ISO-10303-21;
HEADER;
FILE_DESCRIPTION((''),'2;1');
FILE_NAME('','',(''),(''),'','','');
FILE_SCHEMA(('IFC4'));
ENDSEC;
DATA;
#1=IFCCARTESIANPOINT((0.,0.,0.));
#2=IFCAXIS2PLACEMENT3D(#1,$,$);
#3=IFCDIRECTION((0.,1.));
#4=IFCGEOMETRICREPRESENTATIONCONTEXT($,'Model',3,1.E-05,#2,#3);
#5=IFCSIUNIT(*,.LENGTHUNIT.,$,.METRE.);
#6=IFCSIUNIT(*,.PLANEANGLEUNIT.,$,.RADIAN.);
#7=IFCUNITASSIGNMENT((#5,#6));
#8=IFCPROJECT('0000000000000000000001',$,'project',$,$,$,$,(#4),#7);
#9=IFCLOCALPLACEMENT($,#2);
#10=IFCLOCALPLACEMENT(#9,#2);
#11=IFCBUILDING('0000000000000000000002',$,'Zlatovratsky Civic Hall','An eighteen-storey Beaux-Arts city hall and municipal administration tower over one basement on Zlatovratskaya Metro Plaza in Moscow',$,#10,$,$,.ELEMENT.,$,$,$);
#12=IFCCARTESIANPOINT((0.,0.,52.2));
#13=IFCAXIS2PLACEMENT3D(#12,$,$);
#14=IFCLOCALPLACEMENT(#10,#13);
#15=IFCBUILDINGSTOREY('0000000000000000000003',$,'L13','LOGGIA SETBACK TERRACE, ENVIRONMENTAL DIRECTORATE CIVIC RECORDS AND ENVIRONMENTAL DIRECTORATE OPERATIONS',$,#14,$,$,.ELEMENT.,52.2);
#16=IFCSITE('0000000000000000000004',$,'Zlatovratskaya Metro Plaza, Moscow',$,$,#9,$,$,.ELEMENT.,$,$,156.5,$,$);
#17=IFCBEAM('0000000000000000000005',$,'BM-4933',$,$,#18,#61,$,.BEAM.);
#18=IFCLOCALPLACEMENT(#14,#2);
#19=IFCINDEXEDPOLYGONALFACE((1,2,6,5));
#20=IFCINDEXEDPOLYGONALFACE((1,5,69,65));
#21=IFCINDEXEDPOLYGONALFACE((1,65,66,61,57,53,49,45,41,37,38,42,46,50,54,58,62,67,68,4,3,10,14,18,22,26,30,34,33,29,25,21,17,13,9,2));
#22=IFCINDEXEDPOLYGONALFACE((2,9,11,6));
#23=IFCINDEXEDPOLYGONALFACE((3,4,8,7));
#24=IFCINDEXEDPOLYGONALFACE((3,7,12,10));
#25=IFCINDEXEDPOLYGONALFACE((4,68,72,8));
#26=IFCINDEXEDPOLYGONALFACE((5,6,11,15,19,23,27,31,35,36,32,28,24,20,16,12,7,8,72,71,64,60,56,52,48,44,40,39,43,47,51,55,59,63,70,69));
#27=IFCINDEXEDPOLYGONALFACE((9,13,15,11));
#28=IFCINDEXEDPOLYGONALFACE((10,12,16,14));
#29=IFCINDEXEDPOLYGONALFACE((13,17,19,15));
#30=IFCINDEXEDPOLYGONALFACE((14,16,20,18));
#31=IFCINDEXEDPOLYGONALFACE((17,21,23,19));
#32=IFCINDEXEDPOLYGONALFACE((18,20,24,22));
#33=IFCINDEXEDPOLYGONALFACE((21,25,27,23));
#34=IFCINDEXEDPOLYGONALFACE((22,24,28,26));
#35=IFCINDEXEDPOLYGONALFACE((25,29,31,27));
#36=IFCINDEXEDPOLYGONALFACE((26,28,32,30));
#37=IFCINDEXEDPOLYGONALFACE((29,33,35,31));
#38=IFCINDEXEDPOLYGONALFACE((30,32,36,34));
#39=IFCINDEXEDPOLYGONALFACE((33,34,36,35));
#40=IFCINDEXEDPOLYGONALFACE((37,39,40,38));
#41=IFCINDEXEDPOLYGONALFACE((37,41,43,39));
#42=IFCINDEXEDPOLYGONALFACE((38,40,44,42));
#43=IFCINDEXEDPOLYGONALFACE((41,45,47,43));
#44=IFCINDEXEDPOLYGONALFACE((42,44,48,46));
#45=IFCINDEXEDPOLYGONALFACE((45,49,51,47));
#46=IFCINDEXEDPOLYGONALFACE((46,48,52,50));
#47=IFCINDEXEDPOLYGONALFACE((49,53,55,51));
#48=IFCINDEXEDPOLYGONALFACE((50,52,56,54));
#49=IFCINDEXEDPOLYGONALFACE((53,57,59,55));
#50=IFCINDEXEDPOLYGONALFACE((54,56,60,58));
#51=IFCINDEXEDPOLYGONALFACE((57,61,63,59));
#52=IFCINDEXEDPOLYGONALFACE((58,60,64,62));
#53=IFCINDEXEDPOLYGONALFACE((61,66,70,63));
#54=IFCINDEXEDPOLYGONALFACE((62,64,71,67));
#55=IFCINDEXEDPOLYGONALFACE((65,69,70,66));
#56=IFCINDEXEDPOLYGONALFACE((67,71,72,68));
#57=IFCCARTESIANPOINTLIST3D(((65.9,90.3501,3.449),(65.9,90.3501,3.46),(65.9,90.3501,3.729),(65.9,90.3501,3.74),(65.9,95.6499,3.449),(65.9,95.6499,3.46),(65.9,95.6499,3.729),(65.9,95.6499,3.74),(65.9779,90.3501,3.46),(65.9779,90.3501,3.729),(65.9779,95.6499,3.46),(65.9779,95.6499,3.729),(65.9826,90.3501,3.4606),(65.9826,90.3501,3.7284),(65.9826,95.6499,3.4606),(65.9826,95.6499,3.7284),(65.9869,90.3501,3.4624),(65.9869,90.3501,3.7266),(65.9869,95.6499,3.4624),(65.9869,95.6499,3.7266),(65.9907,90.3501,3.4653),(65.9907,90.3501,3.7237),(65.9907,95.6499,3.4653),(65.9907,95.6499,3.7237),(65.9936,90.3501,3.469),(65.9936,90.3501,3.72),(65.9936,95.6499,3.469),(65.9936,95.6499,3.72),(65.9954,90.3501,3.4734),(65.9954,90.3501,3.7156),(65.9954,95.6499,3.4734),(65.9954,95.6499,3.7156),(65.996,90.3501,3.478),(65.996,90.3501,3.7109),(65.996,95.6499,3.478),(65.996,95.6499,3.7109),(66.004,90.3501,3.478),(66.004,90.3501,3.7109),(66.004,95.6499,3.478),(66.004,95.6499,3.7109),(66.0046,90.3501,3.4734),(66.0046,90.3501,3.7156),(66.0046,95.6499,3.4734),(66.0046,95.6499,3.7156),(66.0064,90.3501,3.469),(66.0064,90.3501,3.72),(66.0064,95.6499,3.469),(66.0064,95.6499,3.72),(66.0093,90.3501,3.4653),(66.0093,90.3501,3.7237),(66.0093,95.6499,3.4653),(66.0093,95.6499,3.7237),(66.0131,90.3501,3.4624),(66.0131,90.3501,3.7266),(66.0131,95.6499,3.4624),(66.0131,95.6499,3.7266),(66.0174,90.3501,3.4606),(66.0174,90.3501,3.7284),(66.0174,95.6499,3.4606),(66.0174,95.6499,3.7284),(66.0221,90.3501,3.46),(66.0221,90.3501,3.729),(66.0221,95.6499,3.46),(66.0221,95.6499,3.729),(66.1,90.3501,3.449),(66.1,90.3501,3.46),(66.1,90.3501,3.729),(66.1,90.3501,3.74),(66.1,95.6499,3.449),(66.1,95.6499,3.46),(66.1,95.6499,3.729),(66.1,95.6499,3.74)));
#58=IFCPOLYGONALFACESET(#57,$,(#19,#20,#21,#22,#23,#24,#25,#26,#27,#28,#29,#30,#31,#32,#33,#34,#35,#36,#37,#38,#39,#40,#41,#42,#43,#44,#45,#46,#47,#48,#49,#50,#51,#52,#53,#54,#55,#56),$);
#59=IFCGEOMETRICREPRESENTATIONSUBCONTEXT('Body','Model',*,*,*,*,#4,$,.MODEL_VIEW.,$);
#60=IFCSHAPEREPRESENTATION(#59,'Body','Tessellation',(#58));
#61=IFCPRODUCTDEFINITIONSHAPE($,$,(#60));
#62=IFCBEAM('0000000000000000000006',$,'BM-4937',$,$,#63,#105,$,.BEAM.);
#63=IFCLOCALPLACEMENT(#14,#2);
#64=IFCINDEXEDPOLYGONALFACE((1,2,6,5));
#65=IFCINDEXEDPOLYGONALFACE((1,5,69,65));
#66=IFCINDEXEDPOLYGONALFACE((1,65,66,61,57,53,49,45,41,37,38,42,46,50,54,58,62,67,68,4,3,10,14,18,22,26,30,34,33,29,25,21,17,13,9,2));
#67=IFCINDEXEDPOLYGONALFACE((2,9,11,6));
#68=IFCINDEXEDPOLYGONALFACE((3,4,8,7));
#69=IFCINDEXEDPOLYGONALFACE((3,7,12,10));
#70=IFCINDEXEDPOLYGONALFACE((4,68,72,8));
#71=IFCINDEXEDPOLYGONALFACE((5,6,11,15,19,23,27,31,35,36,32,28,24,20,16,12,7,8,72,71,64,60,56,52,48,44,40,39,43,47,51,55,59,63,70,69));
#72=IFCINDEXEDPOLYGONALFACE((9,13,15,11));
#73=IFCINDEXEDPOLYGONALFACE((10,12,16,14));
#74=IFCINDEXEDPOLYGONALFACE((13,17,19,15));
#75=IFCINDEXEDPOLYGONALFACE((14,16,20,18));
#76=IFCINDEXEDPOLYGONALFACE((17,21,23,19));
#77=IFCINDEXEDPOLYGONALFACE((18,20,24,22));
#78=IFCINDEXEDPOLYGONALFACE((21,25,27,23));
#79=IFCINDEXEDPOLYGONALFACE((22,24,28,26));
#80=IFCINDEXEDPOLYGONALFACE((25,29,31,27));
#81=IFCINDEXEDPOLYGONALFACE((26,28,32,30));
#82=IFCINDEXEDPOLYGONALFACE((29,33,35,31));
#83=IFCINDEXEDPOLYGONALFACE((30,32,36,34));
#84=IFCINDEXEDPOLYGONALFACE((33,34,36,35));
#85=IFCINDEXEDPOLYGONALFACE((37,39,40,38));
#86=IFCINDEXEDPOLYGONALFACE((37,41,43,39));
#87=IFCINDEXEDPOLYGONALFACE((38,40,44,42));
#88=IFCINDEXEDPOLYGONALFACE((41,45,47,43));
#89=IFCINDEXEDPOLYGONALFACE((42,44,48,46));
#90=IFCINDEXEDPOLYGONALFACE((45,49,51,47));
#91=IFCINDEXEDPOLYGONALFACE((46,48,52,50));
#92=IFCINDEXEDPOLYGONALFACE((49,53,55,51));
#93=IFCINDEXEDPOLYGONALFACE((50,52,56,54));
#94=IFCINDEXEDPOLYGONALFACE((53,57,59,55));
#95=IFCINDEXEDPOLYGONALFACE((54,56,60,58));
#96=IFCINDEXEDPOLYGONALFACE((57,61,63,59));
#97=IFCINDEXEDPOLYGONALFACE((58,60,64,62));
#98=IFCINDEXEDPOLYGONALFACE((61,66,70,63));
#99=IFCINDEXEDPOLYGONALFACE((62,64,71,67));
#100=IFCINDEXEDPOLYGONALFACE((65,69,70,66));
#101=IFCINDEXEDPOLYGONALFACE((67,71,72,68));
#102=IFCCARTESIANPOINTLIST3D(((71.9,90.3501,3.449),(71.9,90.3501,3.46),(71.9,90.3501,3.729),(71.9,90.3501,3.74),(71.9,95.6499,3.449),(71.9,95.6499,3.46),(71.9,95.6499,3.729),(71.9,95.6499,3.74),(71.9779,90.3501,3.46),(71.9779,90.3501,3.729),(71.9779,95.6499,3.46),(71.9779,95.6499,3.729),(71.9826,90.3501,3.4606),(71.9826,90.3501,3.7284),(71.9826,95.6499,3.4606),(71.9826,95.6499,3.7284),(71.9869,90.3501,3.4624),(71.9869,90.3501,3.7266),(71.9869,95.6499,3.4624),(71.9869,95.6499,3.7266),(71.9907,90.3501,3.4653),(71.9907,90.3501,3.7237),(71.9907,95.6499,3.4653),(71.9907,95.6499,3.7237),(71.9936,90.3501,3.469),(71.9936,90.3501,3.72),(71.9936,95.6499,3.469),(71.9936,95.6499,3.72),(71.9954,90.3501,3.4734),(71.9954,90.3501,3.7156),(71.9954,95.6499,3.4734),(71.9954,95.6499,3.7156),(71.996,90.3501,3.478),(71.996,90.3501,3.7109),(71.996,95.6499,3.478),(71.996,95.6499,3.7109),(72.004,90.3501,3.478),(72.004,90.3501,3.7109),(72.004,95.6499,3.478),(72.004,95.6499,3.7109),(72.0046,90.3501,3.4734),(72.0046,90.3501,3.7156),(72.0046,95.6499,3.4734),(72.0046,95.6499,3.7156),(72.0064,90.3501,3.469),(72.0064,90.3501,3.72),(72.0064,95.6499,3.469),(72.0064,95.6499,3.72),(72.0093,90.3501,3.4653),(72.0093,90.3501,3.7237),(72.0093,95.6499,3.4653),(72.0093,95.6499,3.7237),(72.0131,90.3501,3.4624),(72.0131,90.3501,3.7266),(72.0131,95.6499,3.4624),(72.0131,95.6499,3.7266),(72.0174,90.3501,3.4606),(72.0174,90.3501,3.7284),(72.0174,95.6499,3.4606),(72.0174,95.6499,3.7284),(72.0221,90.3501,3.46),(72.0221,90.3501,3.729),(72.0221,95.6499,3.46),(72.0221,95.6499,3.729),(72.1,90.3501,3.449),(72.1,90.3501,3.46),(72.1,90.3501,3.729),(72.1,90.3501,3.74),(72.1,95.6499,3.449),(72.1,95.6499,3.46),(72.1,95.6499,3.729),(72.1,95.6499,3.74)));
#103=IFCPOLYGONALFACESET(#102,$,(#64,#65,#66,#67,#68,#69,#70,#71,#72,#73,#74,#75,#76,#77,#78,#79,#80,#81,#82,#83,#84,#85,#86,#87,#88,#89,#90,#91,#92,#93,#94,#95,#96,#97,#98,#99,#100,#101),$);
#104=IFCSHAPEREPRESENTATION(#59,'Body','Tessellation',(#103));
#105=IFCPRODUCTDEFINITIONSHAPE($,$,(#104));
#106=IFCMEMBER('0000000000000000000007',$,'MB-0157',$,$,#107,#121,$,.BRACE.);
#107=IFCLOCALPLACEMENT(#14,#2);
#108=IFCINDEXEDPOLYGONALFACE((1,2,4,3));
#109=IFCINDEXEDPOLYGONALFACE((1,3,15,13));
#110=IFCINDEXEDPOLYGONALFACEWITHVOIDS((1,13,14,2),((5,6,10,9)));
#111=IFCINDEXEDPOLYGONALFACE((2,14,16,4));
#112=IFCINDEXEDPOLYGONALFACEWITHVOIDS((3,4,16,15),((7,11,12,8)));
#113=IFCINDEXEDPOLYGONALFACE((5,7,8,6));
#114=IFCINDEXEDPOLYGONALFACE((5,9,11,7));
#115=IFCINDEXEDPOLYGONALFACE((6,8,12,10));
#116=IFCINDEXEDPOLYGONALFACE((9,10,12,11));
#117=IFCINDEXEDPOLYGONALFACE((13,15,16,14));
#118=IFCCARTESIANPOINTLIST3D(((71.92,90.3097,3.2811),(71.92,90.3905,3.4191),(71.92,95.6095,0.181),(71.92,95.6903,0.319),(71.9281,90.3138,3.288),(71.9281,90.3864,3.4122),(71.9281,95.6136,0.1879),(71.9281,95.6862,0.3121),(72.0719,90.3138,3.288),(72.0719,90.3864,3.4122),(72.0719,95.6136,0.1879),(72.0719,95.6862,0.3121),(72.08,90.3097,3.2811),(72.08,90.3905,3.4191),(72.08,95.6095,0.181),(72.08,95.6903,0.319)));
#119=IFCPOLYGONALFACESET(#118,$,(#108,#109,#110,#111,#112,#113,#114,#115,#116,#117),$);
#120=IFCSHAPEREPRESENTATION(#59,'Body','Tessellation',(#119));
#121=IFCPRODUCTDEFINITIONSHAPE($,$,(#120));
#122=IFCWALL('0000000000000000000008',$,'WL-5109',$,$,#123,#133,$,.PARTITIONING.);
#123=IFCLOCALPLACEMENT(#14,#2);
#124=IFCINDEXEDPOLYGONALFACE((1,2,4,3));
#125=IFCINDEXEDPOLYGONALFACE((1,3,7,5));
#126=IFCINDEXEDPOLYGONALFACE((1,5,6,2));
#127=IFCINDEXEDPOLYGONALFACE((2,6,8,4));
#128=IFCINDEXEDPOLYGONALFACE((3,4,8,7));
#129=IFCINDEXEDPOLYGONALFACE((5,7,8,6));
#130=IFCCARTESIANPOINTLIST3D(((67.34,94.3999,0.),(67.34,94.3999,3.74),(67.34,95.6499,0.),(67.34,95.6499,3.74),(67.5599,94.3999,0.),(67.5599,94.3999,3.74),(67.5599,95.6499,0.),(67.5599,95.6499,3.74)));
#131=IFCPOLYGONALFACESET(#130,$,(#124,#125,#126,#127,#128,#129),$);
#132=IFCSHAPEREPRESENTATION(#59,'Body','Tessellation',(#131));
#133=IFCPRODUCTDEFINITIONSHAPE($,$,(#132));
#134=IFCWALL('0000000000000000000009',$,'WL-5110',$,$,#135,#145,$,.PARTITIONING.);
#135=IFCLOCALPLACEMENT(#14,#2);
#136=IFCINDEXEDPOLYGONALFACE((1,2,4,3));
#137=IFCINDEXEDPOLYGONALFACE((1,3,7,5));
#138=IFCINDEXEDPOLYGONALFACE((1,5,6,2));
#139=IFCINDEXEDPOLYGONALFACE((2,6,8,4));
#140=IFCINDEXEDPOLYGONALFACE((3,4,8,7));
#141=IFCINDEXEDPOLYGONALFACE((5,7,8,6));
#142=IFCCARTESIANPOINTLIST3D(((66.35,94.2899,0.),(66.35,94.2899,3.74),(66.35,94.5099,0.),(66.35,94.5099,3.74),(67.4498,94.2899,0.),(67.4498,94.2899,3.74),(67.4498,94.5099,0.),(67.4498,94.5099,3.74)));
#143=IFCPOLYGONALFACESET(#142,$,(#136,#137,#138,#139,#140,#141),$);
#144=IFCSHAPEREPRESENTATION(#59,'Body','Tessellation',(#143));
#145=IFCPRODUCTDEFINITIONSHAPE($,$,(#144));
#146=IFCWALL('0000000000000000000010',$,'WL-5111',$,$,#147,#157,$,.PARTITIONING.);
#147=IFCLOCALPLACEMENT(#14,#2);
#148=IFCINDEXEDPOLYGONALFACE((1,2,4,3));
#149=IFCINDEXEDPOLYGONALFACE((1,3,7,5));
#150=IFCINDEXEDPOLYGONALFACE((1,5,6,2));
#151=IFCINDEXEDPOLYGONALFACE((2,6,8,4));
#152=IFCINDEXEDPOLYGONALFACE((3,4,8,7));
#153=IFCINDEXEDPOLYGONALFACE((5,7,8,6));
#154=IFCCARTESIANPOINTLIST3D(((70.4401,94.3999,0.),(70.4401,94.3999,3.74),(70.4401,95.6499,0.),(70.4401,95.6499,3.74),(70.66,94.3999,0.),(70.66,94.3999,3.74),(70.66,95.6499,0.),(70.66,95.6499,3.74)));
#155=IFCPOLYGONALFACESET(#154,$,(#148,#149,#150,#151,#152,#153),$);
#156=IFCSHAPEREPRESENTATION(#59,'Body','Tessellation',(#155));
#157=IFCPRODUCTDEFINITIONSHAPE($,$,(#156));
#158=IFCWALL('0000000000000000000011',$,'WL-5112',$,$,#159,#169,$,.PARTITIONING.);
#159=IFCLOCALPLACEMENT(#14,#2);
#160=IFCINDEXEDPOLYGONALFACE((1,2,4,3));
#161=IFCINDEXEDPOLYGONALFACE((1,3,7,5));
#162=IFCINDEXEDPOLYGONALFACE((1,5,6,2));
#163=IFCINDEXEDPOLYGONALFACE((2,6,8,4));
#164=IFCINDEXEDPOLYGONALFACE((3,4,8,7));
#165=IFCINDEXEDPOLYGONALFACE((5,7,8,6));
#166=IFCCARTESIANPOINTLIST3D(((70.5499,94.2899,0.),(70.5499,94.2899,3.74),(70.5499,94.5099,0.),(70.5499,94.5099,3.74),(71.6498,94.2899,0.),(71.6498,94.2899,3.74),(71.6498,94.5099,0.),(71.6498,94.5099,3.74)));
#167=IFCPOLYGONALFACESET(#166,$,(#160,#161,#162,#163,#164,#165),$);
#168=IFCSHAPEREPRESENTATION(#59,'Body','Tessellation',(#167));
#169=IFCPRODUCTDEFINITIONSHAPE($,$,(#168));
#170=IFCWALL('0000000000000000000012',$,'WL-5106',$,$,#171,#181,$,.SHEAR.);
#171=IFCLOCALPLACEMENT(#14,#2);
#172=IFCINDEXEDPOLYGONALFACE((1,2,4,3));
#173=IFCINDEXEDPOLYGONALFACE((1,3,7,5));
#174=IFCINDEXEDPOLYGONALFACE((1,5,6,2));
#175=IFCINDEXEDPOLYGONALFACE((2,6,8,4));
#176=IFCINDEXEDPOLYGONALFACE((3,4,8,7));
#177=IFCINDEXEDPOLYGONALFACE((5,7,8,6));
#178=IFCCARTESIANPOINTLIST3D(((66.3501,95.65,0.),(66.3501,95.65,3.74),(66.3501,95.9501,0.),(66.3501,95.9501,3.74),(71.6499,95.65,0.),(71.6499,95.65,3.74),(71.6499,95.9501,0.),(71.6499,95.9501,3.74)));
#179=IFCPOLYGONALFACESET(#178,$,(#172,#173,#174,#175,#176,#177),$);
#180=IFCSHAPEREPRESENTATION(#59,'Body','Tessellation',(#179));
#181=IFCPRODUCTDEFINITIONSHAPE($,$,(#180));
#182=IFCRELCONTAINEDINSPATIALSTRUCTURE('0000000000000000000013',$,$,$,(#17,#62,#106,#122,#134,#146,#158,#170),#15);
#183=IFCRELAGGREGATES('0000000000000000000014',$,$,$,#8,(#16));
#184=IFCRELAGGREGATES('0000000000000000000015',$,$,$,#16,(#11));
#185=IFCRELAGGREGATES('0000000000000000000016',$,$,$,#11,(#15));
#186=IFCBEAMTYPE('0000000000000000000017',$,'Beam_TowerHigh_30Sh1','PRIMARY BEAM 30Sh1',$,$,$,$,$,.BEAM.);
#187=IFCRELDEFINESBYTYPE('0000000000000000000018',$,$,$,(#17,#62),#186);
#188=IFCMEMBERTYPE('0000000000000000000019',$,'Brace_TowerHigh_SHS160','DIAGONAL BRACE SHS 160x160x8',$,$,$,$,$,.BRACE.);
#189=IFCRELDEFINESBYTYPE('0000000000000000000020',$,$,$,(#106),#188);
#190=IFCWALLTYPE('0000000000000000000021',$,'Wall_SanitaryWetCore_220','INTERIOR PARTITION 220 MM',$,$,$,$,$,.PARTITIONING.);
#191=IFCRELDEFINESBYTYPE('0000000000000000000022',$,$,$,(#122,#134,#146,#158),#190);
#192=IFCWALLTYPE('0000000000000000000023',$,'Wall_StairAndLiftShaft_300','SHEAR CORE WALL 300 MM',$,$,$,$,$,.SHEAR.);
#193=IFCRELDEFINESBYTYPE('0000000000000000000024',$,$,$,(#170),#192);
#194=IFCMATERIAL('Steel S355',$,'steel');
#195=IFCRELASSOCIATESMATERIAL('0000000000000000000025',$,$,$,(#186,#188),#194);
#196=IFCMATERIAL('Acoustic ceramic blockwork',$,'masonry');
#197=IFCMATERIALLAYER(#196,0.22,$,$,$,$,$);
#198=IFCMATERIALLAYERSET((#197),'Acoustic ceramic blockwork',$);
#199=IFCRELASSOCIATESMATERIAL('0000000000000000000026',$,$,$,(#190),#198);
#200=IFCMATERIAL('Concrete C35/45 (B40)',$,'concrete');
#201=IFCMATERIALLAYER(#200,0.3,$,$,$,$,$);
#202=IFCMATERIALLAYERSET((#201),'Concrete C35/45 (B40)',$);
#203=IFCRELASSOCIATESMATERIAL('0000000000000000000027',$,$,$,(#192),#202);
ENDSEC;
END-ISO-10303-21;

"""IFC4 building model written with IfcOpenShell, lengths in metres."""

from ifc_helpers import new_model, si_unit, direction, frame, frame_2d, origin, origin_2d, place, context, subcontext, project, spatial, rectangle, hollow_rectangle, i_section, extrude, material, layer, layer_set, material_profile, profile_set, type_object, element, save


model = new_model("IFC4")

# Units and contexts
model_context = context("Model", 3, precision=1e-05, world=origin(), true_north=direction((0.0, 1.0)))
body_context = subcontext(model_context, "Body", "Model", "MODEL_VIEW")
ifc_project = project(units=[si_unit("LENGTHUNIT", "METRE"), si_unit("PLANEANGLEUNIT", "RADIAN")], contexts=[model_context])

# Site, building, storey
site_placement = place(None, origin())
site = spatial("IfcSite", under=ifc_project, at=site_placement, Name="Zlatovratskaya Metro Plaza, Moscow", CompositionType="ELEMENT", RefElevation=156.5)
building_placement = place(site_placement, origin())
building = spatial("IfcBuilding", under=site, at=building_placement, Name="Zlatovratsky Civic Hall", Description="An eighteen-storey Beaux-Arts city hall and municipal administration tower over one basement on Zlatovratskaya Metro Plaza in Moscow", CompositionType="ELEMENT")
storey_placement = place(building_placement, frame((0.0, 0.0, 52.2)))
storey = spatial("IfcBuildingStorey", under=building, at=storey_placement, Name="L13", Description="LOGGIA SETBACK TERRACE, ENVIRONMENTAL DIRECTORATE CIVIC RECORDS AND ENVIRONMENTAL DIRECTORATE OPERATIONS", CompositionType="ELEMENT", Elevation=52.2)

# Shared definitions
ifc_material_1 = material(Name="Concrete C35/45 (B40)", Category="concrete")

# Beams
ifc_material_2 = material(Name="Steel S355", Category="steel")
ifc_material_profile_1 = material_profile(ifc_material_2, i_section(OverallWidth=0.2, OverallDepth=0.291, WebThickness=0.0081, FlangeThickness=0.011, FilletRadius=0.0181, at=origin_2d()), Name="30Sh1")
ifc_profile_set_1 = profile_set([ifc_material_profile_1], Name="Steel S355")
beam_type_1 = type_object("IfcBeamType", Name="Beam_TowerHigh_30Sh1", Description="PRIMARY BEAM 30Sh1", PredefinedType="BEAM", material=ifc_profile_set_1)
for number, where, z_axis, x_axis, name in (
    (1, (66.0, 90.3501, 3.5945), (0.0, 1.0, 0.0), (-1.0, 0.0, 0.0), "BM-4933"),
    (2, (72.0, 90.3501, 3.5945), (0.0, 1.0, 0.0), (-1.0, 0.0, 0.0), "BM-4937"),
):
    element("IfcBeam", number, at=place(storey_placement, frame(where, z_axis=z_axis, x_axis=x_axis)), inside=storey, type_object=beam_type_1, Name=name, PredefinedType="BEAM", context=body_context, shape_type="SweptSolid", body=[
        extrude(i_section(OverallWidth=0.2, OverallDepth=0.291, WebThickness=0.0081, FlangeThickness=0.011, FilletRadius=0.0181, at=origin_2d()), origin(), (0.0, 0.0, 1.0), 5.2998),
    ])

# Member
ifc_material_profile_2 = material_profile(ifc_material_2, hollow_rectangle(XDim=0.1599, YDim=0.1599, WallThickness=0.0081, at=origin_2d()), Name="SHS 160x160x8")
ifc_profile_set_2 = profile_set([ifc_material_profile_2], Name="Steel S355")
member_type = type_object("IfcMemberType", Name="Brace_TowerHigh_SHS160", Description="DIAGONAL BRACE SHS 160x160x8", PredefinedType="BRACE", material=ifc_profile_set_2)
member_placement = place(storey_placement, frame((72.0, 90.3501, 3.3501), z_axis=(0.0, 0.863173, -0.504909), x_axis=(-1.0, 0.0, 0.0)))
element("IfcMember", 3, at=member_placement, inside=storey, type_object=member_type, Name="MB-0157", PredefinedType="BRACE", context=body_context, shape_type="SweptSolid", body=[
    extrude(hollow_rectangle(XDim=0.1599, YDim=0.1599, WallThickness=0.0081, at=origin_2d()), origin(), (0.0, 0.0, 1.0), 6.1399),
])

# Walls
ifc_material_3 = material(Name="Acoustic ceramic blockwork", Category="masonry")
ifc_layer_1 = layer(ifc_material_3, 0.22)
ifc_layer_set_1 = layer_set([ifc_layer_1], Name="Acoustic ceramic blockwork")
wall_type_1 = type_object("IfcWallType", Name="Wall_SanitaryWetCore_220", Description="INTERIOR PARTITION 220 MM", PredefinedType="PARTITIONING", material=ifc_layer_set_1)
wall_1_placement = place(storey_placement, frame((67.45, 94.3999, 0.0), z_axis=(0.0, 0.0, 1.0), x_axis=(0.0, 1.0, 0.0)))
element("IfcWall", 4, at=wall_1_placement, inside=storey, type_object=wall_type_1, Name="WL-5109", PredefinedType="PARTITIONING", context=body_context, shape_type="SweptSolid", body=[
    extrude(rectangle(XDim=1.25, YDim=0.22, at=frame_2d((0.625, 0.0))), origin(), (0.0, 0.0, 1.0), 3.74),
])
wall_2_placement = place(storey_placement, frame((66.3501, 94.3999, 0.0), z_axis=(0.0, 0.0, 1.0), x_axis=(1.0, 0.0, 0.0)))
element("IfcWall", 5, at=wall_2_placement, inside=storey, type_object=wall_type_1, Name="WL-5110", PredefinedType="PARTITIONING", context=body_context, shape_type="SweptSolid", body=[
    extrude(rectangle(XDim=1.0999, YDim=0.22, at=frame_2d((0.5498, 0.0))), origin(), (0.0, 0.0, 1.0), 3.74),
])
wall_3_placement = place(storey_placement, frame((70.55, 94.3999, 0.0), z_axis=(0.0, 0.0, 1.0), x_axis=(0.0, 1.0, 0.0)))
element("IfcWall", 6, at=wall_3_placement, inside=storey, type_object=wall_type_1, Name="WL-5111", PredefinedType="PARTITIONING", context=body_context, shape_type="SweptSolid", body=[
    extrude(rectangle(XDim=1.25, YDim=0.22, at=frame_2d((0.625, 0.0))), origin(), (0.0, 0.0, 1.0), 3.74),
])
wall_4_placement = place(storey_placement, frame((70.55, 94.3999, 0.0), z_axis=(0.0, 0.0, 1.0), x_axis=(1.0, 0.0, 0.0)))
element("IfcWall", 7, at=wall_4_placement, inside=storey, type_object=wall_type_1, Name="WL-5112", PredefinedType="PARTITIONING", context=body_context, shape_type="SweptSolid", body=[
    extrude(rectangle(XDim=1.0999, YDim=0.22, at=frame_2d((0.5498, 0.0))), origin(), (0.0, 0.0, 1.0), 3.74),
])
ifc_layer_2 = layer(ifc_material_1, 0.3)
ifc_layer_set_2 = layer_set([ifc_layer_2], Name="Concrete C35/45 (B40)")
wall_type_2 = type_object("IfcWallType", Name="Wall_StairAndLiftShaft_300", Description="SHEAR CORE WALL 300 MM", PredefinedType="SHEAR", material=ifc_layer_set_2)
wall_5_placement = place(storey_placement, frame((66.3501, 95.8, 0.0), z_axis=(0.0, 0.0, 1.0), x_axis=(1.0, 0.0, 0.0)))
element("IfcWall", 8, at=wall_5_placement, inside=storey, type_object=wall_type_2, Name="WL-5106", PredefinedType="SHEAR", context=body_context, shape_type="SweptSolid", body=[
    extrude(rectangle(XDim=5.2998, YDim=0.3, at=frame_2d((2.6499, 0.0))), origin(), (0.0, 0.0, 1.0), 3.74),
])

save(model, "model.ifc")
